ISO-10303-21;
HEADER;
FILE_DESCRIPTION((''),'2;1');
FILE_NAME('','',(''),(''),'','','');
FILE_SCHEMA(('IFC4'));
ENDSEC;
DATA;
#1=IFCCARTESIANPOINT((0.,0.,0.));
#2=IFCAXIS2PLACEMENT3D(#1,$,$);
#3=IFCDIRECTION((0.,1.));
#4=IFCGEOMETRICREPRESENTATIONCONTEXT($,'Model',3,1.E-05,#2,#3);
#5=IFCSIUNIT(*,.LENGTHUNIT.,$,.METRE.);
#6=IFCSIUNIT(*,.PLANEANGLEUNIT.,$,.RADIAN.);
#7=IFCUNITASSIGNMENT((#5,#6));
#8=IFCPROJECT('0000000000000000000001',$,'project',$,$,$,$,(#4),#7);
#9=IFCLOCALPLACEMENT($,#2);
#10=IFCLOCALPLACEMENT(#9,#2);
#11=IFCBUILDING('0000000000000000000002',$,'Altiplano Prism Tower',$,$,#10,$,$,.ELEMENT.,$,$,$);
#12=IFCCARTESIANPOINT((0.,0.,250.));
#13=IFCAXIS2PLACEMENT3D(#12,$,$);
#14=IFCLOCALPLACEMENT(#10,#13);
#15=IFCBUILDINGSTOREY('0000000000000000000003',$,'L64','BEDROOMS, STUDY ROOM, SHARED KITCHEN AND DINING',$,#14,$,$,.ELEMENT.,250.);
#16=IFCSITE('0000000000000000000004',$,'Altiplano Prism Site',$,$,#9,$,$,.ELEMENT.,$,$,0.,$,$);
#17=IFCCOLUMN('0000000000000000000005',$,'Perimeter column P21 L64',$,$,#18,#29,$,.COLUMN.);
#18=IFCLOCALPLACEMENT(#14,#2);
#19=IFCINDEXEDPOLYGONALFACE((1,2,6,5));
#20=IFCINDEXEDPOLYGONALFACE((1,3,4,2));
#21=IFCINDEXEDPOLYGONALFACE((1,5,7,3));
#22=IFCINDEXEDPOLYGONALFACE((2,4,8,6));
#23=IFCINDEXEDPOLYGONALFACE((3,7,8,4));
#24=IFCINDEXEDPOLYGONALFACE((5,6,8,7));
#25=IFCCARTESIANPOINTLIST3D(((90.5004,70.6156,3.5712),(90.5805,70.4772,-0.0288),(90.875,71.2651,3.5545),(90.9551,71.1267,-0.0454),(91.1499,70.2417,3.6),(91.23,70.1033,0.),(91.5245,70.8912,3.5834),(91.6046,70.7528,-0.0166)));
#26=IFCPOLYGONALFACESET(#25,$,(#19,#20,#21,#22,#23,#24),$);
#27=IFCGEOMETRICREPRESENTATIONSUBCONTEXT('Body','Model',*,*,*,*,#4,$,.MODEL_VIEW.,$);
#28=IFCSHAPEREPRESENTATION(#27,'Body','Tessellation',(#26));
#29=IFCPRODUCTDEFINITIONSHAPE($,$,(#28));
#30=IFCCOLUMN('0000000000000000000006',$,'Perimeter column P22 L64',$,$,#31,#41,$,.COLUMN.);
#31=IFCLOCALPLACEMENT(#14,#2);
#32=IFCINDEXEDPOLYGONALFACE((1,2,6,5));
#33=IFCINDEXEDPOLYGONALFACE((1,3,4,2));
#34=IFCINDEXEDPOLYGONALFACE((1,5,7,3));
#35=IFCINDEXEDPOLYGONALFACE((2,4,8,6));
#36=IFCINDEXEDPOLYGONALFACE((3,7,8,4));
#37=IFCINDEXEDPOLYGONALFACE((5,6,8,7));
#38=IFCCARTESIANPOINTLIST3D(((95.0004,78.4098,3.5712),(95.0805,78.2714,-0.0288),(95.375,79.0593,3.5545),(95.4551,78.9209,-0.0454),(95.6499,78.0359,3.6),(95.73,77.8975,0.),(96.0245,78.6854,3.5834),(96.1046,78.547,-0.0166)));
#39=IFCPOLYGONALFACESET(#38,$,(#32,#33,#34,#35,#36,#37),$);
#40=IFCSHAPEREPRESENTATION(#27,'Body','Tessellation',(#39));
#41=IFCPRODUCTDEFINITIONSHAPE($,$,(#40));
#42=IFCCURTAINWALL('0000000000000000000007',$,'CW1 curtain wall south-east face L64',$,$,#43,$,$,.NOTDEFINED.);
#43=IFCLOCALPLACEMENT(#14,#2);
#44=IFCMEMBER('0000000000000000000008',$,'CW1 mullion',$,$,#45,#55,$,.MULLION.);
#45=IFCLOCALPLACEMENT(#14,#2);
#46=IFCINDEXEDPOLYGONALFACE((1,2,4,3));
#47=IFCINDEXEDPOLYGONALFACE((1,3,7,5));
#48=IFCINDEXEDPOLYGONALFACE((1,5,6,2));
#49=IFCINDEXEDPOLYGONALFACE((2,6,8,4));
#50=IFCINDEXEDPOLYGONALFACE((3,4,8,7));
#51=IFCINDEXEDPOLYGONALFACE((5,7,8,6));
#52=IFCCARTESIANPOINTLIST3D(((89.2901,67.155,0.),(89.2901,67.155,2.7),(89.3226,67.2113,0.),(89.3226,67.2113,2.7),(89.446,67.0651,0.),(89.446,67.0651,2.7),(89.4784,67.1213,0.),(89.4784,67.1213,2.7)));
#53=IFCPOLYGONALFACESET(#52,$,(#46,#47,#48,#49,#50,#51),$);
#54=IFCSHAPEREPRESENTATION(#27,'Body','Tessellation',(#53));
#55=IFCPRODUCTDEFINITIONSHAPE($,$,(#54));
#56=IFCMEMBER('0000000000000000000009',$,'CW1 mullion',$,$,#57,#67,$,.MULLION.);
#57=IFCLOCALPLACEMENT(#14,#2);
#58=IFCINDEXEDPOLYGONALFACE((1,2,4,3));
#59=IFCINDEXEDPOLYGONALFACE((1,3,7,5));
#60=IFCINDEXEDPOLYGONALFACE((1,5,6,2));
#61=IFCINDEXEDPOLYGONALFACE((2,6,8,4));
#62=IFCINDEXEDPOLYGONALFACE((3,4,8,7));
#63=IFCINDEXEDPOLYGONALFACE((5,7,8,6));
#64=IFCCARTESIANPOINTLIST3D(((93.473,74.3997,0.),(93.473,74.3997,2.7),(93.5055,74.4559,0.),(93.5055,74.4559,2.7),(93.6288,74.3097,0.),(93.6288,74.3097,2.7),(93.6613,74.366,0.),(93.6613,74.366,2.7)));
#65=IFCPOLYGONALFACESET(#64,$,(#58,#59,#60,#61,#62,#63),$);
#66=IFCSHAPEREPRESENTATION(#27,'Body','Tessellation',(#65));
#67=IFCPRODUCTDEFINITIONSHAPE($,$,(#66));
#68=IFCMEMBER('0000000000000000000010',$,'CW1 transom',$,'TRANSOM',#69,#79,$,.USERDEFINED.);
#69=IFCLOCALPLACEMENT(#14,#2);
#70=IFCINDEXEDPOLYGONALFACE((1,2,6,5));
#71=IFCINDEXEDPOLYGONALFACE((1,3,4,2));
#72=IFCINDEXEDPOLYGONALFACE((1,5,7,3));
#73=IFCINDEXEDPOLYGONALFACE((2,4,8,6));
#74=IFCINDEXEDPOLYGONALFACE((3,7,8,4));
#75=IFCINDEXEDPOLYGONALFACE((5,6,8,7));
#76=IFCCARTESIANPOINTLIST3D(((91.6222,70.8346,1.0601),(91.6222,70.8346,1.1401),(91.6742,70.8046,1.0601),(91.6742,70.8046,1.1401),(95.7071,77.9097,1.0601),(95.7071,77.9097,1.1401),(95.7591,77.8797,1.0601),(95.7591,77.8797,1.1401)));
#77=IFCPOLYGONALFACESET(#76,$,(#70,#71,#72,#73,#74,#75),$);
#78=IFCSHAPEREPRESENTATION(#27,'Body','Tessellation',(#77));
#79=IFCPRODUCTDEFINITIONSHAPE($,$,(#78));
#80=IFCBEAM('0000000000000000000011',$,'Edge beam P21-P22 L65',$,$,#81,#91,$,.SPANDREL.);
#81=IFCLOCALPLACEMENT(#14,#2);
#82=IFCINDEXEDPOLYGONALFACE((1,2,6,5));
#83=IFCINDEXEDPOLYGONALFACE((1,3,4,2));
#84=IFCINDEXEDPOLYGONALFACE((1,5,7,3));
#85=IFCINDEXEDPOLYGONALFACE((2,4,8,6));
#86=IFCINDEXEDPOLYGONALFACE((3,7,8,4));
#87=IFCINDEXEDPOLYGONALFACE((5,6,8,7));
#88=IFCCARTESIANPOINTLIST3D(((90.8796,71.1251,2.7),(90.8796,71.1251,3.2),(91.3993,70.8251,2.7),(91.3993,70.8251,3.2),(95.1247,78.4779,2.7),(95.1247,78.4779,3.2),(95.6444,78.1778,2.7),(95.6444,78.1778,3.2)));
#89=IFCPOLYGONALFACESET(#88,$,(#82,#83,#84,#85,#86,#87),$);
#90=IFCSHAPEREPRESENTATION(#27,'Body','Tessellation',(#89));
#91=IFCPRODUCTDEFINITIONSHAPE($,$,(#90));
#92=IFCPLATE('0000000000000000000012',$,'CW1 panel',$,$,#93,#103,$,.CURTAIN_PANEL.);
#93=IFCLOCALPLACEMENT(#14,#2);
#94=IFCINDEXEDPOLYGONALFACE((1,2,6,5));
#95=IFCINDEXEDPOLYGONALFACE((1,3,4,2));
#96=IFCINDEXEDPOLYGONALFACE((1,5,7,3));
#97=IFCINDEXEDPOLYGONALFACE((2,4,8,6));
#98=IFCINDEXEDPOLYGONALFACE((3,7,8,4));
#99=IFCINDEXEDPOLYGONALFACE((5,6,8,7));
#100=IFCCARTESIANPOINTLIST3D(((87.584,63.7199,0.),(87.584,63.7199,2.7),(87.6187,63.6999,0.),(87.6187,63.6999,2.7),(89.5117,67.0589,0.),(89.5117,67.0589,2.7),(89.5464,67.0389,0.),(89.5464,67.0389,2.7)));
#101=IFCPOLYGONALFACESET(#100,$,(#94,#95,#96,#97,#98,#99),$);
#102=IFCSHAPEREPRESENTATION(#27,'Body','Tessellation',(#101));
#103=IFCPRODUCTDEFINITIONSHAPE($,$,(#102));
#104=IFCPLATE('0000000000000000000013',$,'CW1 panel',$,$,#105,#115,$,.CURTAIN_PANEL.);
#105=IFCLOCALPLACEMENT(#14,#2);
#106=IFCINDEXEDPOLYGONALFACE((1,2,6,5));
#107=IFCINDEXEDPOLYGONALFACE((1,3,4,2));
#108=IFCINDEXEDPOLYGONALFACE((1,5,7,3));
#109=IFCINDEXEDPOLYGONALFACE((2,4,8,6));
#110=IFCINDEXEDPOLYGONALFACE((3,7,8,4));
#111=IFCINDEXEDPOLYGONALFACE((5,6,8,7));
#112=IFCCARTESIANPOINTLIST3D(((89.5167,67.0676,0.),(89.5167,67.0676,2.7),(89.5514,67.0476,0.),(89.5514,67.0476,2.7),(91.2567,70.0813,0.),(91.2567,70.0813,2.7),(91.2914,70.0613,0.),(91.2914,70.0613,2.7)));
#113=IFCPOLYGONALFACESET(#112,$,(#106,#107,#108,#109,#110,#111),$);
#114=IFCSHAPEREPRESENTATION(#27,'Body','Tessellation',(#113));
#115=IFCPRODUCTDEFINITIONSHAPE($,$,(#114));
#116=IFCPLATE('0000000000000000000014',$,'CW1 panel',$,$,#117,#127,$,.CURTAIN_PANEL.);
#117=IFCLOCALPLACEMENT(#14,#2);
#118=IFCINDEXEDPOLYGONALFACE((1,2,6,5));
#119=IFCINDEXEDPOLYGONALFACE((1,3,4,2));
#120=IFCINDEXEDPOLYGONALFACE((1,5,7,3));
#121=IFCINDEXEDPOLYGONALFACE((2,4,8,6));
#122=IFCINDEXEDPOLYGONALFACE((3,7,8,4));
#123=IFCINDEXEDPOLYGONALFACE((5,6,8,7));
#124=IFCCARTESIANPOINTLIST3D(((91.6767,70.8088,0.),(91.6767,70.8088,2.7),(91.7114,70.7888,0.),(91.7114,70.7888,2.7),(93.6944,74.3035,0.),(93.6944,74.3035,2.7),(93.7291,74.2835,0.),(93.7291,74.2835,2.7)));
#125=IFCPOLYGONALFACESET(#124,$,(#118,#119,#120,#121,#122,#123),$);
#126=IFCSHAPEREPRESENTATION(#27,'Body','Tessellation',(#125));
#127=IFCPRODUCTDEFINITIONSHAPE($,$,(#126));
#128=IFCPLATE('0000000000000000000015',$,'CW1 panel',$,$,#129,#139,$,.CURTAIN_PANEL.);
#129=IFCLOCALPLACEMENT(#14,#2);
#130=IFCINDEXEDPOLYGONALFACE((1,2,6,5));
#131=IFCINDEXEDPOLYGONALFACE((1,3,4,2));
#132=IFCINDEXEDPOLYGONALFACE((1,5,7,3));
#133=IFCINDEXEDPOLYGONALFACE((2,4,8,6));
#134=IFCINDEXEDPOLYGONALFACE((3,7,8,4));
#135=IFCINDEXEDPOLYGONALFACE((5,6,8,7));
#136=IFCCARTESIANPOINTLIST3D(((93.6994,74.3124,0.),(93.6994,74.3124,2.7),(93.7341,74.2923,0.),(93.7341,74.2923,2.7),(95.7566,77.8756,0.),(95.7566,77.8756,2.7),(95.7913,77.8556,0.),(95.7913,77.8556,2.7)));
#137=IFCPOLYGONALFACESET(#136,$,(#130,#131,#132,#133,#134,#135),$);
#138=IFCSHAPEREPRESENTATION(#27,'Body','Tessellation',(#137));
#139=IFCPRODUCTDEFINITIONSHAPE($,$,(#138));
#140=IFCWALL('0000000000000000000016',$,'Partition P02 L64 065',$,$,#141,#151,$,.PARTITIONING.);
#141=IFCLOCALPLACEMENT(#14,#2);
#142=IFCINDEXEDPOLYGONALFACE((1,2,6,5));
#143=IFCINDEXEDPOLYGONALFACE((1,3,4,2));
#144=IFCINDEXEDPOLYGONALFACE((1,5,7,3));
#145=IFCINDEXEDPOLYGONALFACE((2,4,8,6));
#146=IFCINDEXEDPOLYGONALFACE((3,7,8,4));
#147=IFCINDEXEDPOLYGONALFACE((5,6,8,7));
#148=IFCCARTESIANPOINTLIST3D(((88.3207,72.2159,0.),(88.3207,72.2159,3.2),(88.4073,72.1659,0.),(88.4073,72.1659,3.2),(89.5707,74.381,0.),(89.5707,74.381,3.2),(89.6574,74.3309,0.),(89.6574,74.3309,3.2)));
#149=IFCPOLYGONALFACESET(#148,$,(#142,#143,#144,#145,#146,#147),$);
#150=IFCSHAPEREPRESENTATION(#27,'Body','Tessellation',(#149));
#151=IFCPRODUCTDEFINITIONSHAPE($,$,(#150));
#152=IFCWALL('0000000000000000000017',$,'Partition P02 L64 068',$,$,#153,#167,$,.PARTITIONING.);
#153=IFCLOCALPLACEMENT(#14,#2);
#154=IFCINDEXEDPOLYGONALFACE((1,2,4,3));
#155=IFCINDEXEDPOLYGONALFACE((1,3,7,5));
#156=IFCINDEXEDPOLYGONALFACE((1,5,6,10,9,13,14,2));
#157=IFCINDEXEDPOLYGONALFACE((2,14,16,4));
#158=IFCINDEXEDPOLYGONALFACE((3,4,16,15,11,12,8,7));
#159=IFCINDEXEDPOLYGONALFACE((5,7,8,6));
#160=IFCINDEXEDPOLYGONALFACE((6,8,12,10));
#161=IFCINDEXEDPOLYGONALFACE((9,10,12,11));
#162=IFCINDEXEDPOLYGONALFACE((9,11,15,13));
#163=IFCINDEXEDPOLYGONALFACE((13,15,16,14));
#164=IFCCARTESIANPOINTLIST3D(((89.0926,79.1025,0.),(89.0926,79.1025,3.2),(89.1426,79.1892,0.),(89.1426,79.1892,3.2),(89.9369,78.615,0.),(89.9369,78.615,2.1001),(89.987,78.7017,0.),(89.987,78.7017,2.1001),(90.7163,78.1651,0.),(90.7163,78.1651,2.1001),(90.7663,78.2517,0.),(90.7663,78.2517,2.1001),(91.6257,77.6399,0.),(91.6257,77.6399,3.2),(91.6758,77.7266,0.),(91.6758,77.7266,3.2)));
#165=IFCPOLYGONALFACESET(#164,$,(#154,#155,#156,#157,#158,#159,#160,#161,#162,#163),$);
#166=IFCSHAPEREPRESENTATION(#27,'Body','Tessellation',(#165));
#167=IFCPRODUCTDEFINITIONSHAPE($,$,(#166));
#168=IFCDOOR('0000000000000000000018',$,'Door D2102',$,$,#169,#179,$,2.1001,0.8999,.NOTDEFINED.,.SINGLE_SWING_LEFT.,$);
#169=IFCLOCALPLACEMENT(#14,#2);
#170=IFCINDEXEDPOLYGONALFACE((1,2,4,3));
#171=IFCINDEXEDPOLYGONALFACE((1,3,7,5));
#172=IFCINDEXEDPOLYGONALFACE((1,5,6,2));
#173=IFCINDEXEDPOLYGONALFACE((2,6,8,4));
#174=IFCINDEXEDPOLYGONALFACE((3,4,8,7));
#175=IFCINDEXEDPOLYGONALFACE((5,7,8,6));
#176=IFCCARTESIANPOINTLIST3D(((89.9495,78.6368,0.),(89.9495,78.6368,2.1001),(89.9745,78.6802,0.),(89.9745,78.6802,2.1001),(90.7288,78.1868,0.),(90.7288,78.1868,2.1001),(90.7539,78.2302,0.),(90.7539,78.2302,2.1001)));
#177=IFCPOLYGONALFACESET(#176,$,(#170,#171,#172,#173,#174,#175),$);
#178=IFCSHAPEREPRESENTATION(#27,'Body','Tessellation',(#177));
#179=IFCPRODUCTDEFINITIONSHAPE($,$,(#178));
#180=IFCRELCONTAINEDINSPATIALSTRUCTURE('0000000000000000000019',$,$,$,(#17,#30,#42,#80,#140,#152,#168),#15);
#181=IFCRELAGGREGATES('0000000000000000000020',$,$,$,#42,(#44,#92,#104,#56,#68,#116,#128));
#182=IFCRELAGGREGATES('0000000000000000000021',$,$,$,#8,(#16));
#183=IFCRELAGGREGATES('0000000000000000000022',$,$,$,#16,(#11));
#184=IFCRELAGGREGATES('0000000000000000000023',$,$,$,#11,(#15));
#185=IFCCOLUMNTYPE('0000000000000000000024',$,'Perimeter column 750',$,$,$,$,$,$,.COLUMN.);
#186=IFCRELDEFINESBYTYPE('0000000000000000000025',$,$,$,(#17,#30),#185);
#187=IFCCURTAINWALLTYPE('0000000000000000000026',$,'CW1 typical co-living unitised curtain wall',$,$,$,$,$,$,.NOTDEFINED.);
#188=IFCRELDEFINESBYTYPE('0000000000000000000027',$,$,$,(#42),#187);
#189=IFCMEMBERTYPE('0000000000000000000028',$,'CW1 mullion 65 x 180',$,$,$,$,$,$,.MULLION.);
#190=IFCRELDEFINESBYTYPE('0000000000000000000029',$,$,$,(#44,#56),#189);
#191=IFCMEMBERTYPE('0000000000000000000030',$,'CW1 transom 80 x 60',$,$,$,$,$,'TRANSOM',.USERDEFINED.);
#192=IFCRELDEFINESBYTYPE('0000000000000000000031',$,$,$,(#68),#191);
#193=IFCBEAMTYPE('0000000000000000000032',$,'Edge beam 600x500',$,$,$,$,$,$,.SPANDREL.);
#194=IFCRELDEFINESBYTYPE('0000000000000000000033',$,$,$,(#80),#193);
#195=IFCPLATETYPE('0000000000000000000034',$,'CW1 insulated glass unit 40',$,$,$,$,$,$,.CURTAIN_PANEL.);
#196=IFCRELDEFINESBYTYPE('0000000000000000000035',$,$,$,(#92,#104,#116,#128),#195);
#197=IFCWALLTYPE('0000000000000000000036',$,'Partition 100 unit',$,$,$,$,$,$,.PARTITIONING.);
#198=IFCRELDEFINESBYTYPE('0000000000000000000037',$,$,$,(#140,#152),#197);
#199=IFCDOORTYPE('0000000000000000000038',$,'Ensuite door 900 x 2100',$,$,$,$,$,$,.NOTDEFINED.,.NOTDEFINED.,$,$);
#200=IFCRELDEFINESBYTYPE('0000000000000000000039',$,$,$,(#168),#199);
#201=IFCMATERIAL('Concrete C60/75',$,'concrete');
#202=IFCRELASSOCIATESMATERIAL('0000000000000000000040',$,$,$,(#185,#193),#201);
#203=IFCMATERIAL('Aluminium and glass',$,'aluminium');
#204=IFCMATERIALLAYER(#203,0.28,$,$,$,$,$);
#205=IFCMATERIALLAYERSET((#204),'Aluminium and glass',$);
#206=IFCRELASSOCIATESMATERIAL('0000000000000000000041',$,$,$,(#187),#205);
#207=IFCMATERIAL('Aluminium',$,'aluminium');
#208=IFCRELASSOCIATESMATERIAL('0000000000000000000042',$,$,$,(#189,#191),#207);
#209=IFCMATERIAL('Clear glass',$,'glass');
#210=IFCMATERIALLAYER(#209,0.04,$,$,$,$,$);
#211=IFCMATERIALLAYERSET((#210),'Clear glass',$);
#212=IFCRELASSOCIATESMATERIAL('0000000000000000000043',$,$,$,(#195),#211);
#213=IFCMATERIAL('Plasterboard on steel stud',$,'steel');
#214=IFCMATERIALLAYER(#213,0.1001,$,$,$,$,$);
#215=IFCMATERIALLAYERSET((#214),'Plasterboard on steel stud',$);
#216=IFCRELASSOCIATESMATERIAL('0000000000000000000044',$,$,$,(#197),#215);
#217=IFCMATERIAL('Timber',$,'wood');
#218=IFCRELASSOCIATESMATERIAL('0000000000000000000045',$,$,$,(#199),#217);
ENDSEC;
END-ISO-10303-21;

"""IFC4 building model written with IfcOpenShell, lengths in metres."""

from ifc_helpers import new_model, si_unit, direction, frame, frame_2d, origin, origin_2d, place, context, subcontext, project, spatial, rectangle, extrude, material, layer, layer_set, material_profile, profile_set, type_object, element, fill, aggregate, save


model = new_model("IFC4")

# Units and contexts
model_context = context("Model", 3, precision=1e-05, world=origin(), true_north=direction((0.0, 1.0)))
body_context = subcontext(model_context, "Body", "Model", "MODEL_VIEW")
ifc_project = project(units=[si_unit("LENGTHUNIT", "METRE"), si_unit("PLANEANGLEUNIT", "RADIAN")], contexts=[model_context])

# Site, building, storey
site_placement = place(None, origin())
site = spatial("IfcSite", under=ifc_project, at=site_placement, Name="Altiplano Prism Site", CompositionType="ELEMENT", RefElevation=0.0)
building_placement = place(site_placement, origin())
building = spatial("IfcBuilding", under=site, at=building_placement, Name="Altiplano Prism Tower", CompositionType="ELEMENT")
storey_placement = place(building_placement, frame((0.0, 0.0, 250.0)))
storey = spatial("IfcBuildingStorey", under=building, at=storey_placement, Name="L64", Description="BEDROOMS, STUDY ROOM, SHARED KITCHEN AND DINING", CompositionType="ELEMENT", Elevation=250.0)

# Columns
ifc_material_1 = material(Name="Concrete C60/75", Category="concrete")
ifc_material_profile_1 = material_profile(ifc_material_1, rectangle(XDim=0.75, YDim=0.75, at=origin_2d()), Name="Perimeter column 750")
ifc_profile_set_1 = profile_set([ifc_material_profile_1], Name="Concrete C60/75")
column_type = type_object("IfcColumnType", Name="Perimeter column 750", PredefinedType="COLUMN", material=ifc_profile_set_1)
for number, where, z_axis, x_axis, name in (
    (1, (91.0925, 70.615, -0.0227), (-0.022223, 0.038416, 0.999015), (-0.499513, -0.866022, 0.02219), "Perimeter column P21 L64"),
    (2, (95.5925, 78.4092, -0.0227), (-0.022223, 0.038416, 0.999015), (-0.499508, -0.866025, 0.02219), "Perimeter column P22 L64"),
):
    element("IfcColumn", number, at=place(storey_placement, frame(where, z_axis=z_axis, x_axis=x_axis)), inside=storey, type_object=column_type, Name=name, PredefinedType="COLUMN", context=body_context, shape_type="SweptSolid", body=[
        extrude(rectangle(XDim=0.75, YDim=0.75, at=origin_2d()), origin(), (0.0, 0.0, 1.0), 3.6035),
    ])

# Curtain wall, members
ifc_material_2 = material(Name="Aluminium and glass", Category="aluminium")
ifc_layer_1 = layer(ifc_material_2, 0.28)
ifc_layer_set_1 = layer_set([ifc_layer_1], Name="Aluminium and glass")
curtain_wall_type = type_object("IfcCurtainWallType", Name="CW1 typical co-living unitised curtain wall", PredefinedType="NOTDEFINED", material=ifc_layer_set_1)
curtain_wall_placement = place(storey_placement, origin())
curtain_wall = element("IfcCurtainWall", 3, at=curtain_wall_placement, inside=storey, type_object=curtain_wall_type, Name="CW1 curtain wall south-east face L64", PredefinedType="NOTDEFINED")
ifc_material_3 = material(Name="Aluminium", Category="aluminium")
ifc_material_profile_2 = material_profile(ifc_material_3, rectangle(XDim=0.1799, YDim=0.0649, at=origin_2d()), Name="CW1 mullion 65 x 180")
ifc_profile_set_2 = profile_set([ifc_material_profile_2], Name="Aluminium")
member_type_1 = type_object("IfcMemberType", Name="CW1 mullion 65 x 180", PredefinedType="MULLION", material=ifc_profile_set_2)
member_1_placement = place(storey_placement, frame((89.3843, 67.1382, 0.0), z_axis=(0.0, 0.0, 1.0), x_axis=(-0.866025, 0.5, 0.0)))
member_1 = element("IfcMember", 4, at=member_1_placement, type_object=member_type_1, Name="CW1 mullion", PredefinedType="MULLION", context=body_context, shape_type="SweptSolid", body=[
    extrude(rectangle(XDim=0.1799, YDim=0.0649, at=origin_2d()), origin(), (0.0, 0.0, 1.0), 2.7),
])
member_2_placement = place(storey_placement, frame((93.5671, 74.3828, 0.0), z_axis=(0.0, 0.0, 1.0), x_axis=(-0.866025, 0.5, 0.0)))
member_2 = element("IfcMember", 5, at=member_2_placement, type_object=member_type_1, Name="CW1 mullion", PredefinedType="MULLION", context=body_context, shape_type="SweptSolid", body=[
    extrude(rectangle(XDim=0.1799, YDim=0.0649, at=origin_2d()), origin(), (0.0, 0.0, 1.0), 2.7),
])
ifc_material_profile_3 = material_profile(ifc_material_3, rectangle(XDim=0.0601, YDim=0.0801, at=origin_2d()), Name="CW1 transom 80 x 60")
ifc_profile_set_3 = profile_set([ifc_material_profile_3], Name="Aluminium")
member_type_2 = type_object("IfcMemberType", Name="CW1 transom 80 x 60", ElementType="TRANSOM", PredefinedType="USERDEFINED", material=ifc_profile_set_3)
member_3_placement = place(storey_placement, frame((91.6482, 70.8196, 1.1001), z_axis=(0.500009, 0.86602, 0.0), x_axis=(-0.86602, 0.500009, 0.0)))
member_3 = element("IfcMember", 6, at=member_3_placement, type_object=member_type_2, Name="CW1 transom", ObjectType="TRANSOM", PredefinedType="USERDEFINED", context=body_context, shape_type="SweptSolid", body=[
    extrude(rectangle(XDim=0.0601, YDim=0.0801, at=origin_2d()), origin(), (0.0, 0.0, 1.0), 8.1697),
])

# Beam
ifc_material_profile_4 = material_profile(ifc_material_1, rectangle(XDim=0.6001, YDim=0.5, at=origin_2d()), Name="Edge beam 600x500")
ifc_profile_set_4 = profile_set([ifc_material_profile_4], Name="Concrete C60/75")
beam_type = type_object("IfcBeamType", Name="Edge beam 600x500", PredefinedType="SPANDREL", material=ifc_profile_set_4)
beam_placement = place(storey_placement, frame((91.1394, 70.9751, 2.95), z_axis=(0.499999, 0.866026, 0.0), x_axis=(-0.866026, 0.499999, 0.0)))
element("IfcBeam", 7, at=beam_placement, inside=storey, type_object=beam_type, Name="Edge beam P21-P22 L65", PredefinedType="SPANDREL", context=body_context, shape_type="SweptSolid", body=[
    extrude(rectangle(XDim=0.6001, YDim=0.5, at=origin_2d()), origin(), (0.0, 0.0, 1.0), 8.4902),
])

# Plates
ifc_material_4 = material(Name="Clear glass", Category="glass")
ifc_layer_2 = layer(ifc_material_4, 0.04)
ifc_layer_set_2 = layer_set([ifc_layer_2], Name="Clear glass")
plate_type = type_object("IfcPlateType", Name="CW1 insulated glass unit 40", PredefinedType="CURTAIN_PANEL", material=ifc_layer_set_2)
plate_1_placement = place(storey_placement, frame((88.5652, 65.3794, 0.0), z_axis=(0.0, 0.0, 1.0), x_axis=(0.5, 0.866025, 0.0)))
plate_1 = element("IfcPlate", 8, at=plate_1_placement, type_object=plate_type, Name="CW1 panel", PredefinedType="CURTAIN_PANEL", context=body_context, shape_type="SweptSolid", body=[
    extrude(rectangle(XDim=3.8555, YDim=0.04, at=origin_2d()), origin(), (0.0, 0.0, 1.0), 2.7),
])
plate_2_placement = place(storey_placement, frame((90.4041, 68.5645, 0.0), z_axis=(0.0, 0.0, 1.0), x_axis=(0.5, 0.866025, 0.0)))
plate_2 = element("IfcPlate", 9, at=plate_2_placement, type_object=plate_type, Name="CW1 panel", PredefinedType="CURTAIN_PANEL", context=body_context, shape_type="SweptSolid", body=[
    extrude(rectangle(XDim=3.48, YDim=0.04, at=origin_2d()), origin(), (0.0, 0.0, 1.0), 2.7),
])
plate_3_placement = place(storey_placement, frame((92.7029, 72.5461, 0.0), z_axis=(0.0, 0.0, 1.0), x_axis=(0.5, 0.866025, 0.0)))
plate_3 = element("IfcPlate", 10, at=plate_3_placement, type_object=plate_type, Name="CW1 panel", PredefinedType="CURTAIN_PANEL", context=body_context, shape_type="SweptSolid", body=[
    extrude(rectangle(XDim=4.0354, YDim=0.04, at=origin_2d()), origin(), (0.0, 0.0, 1.0), 2.7),
])
plate_4_placement = place(storey_placement, frame((94.7454, 76.084, 0.0), z_axis=(0.0, 0.0, 1.0), x_axis=(0.5, 0.866025, 0.0)))
plate_4 = element("IfcPlate", 11, at=plate_4_placement, type_object=plate_type, Name="CW1 panel", PredefinedType="CURTAIN_PANEL", context=body_context, shape_type="SweptSolid", body=[
    extrude(rectangle(XDim=4.1145, YDim=0.04, at=origin_2d()), origin(), (0.0, 0.0, 1.0), 2.7),
])
aggregate(curtain_wall, [member_1, plate_1, plate_2, member_2, member_3, plate_3, plate_4])

# Wall
ifc_material_5 = material(Name="Plasterboard on steel stud", Category="steel")
ifc_layer_3 = layer(ifc_material_5, 0.1001)
ifc_layer_set_3 = layer_set([ifc_layer_3], Name="Plasterboard on steel stud")
wall_type_1 = type_object("IfcWallType", Name="Partition 100 unit", PredefinedType="PARTITIONING", material=ifc_layer_set_3)
wall_1_placement = place(storey_placement, frame((89.614, 74.356, 0.0), z_axis=(0.0, 0.0, 1.0), x_axis=(-0.500004, -0.866023, 0.0)))
element("IfcWall", 12, at=wall_1_placement, inside=storey, type_object=wall_type_1, Name="Partition P02 L64 065", PredefinedType="PARTITIONING", context=body_context, shape_type="SweptSolid", body=[
    extrude(rectangle(XDim=2.5, YDim=0.1001, at=frame_2d((1.25, 0.0))), origin(), (0.0, 0.0, 1.0), 3.2),
])

# Wall, opening, door
wall_2_placement = place(storey_placement, frame((91.6506, 77.6833, 0.0), z_axis=(0.0, 0.0, 1.0), x_axis=(-0.86601, 0.500026, 0.0)))
wall_2 = element("IfcWall", 13, at=wall_2_placement, inside=storey, type_object=wall_type_1, Name="Partition P02 L64 068", PredefinedType="PARTITIONING", context=body_context, shape_type="SweptSolid", body=[
    extrude(rectangle(XDim=2.925, YDim=0.1001, at=frame_2d((1.4624, 0.0))), origin(), (0.0, 0.0, 1.0), 3.2),
])
opening_placement = place(wall_2_placement, frame((1.05, 0.0, 0.0)))
opening = element("IfcOpeningElement", 14, at=opening_placement, cuts=wall_2, PredefinedType="OPENING", context=body_context, shape_type="SweptSolid", body=[
    extrude(rectangle(XDim=0.8999, YDim=2.1001, at=frame_2d((0.45, 1.05))), frame((0.0, 0.0605, 0.0), z_axis=(0.0, -1.0, 0.0), x_axis=(1.0, 0.0, 0.0)), (0.0, 0.0, 1.0), 0.1211),
])
ifc_material_6 = material(Name="Timber", Category="wood")
door_type = type_object("IfcDoorType", Name="Ensuite door 900 x 2100", OperationType="NOTDEFINED", PredefinedType="NOTDEFINED", material=ifc_material_6)
door_placement = place(opening_placement, origin())
door = element("IfcDoor", 15, at=door_placement, inside=storey, type_object=door_type, Name="Door D2102", OperationType="SINGLE_SWING_LEFT", OverallHeight=2.1001, OverallWidth=0.8999, PredefinedType="NOTDEFINED", context=body_context, shape_type="SweptSolid", body=[
    extrude(rectangle(XDim=0.8999, YDim=2.1001, at=frame_2d((0.45, 1.05))), frame((0.0, 0.0249, 0.0), z_axis=(0.0, -1.0, 0.0), x_axis=(1.0, 0.0, 0.0)), (0.0, 0.0, 1.0), 0.05),
])
fill(opening, door)

save(model, "model.ifc")
